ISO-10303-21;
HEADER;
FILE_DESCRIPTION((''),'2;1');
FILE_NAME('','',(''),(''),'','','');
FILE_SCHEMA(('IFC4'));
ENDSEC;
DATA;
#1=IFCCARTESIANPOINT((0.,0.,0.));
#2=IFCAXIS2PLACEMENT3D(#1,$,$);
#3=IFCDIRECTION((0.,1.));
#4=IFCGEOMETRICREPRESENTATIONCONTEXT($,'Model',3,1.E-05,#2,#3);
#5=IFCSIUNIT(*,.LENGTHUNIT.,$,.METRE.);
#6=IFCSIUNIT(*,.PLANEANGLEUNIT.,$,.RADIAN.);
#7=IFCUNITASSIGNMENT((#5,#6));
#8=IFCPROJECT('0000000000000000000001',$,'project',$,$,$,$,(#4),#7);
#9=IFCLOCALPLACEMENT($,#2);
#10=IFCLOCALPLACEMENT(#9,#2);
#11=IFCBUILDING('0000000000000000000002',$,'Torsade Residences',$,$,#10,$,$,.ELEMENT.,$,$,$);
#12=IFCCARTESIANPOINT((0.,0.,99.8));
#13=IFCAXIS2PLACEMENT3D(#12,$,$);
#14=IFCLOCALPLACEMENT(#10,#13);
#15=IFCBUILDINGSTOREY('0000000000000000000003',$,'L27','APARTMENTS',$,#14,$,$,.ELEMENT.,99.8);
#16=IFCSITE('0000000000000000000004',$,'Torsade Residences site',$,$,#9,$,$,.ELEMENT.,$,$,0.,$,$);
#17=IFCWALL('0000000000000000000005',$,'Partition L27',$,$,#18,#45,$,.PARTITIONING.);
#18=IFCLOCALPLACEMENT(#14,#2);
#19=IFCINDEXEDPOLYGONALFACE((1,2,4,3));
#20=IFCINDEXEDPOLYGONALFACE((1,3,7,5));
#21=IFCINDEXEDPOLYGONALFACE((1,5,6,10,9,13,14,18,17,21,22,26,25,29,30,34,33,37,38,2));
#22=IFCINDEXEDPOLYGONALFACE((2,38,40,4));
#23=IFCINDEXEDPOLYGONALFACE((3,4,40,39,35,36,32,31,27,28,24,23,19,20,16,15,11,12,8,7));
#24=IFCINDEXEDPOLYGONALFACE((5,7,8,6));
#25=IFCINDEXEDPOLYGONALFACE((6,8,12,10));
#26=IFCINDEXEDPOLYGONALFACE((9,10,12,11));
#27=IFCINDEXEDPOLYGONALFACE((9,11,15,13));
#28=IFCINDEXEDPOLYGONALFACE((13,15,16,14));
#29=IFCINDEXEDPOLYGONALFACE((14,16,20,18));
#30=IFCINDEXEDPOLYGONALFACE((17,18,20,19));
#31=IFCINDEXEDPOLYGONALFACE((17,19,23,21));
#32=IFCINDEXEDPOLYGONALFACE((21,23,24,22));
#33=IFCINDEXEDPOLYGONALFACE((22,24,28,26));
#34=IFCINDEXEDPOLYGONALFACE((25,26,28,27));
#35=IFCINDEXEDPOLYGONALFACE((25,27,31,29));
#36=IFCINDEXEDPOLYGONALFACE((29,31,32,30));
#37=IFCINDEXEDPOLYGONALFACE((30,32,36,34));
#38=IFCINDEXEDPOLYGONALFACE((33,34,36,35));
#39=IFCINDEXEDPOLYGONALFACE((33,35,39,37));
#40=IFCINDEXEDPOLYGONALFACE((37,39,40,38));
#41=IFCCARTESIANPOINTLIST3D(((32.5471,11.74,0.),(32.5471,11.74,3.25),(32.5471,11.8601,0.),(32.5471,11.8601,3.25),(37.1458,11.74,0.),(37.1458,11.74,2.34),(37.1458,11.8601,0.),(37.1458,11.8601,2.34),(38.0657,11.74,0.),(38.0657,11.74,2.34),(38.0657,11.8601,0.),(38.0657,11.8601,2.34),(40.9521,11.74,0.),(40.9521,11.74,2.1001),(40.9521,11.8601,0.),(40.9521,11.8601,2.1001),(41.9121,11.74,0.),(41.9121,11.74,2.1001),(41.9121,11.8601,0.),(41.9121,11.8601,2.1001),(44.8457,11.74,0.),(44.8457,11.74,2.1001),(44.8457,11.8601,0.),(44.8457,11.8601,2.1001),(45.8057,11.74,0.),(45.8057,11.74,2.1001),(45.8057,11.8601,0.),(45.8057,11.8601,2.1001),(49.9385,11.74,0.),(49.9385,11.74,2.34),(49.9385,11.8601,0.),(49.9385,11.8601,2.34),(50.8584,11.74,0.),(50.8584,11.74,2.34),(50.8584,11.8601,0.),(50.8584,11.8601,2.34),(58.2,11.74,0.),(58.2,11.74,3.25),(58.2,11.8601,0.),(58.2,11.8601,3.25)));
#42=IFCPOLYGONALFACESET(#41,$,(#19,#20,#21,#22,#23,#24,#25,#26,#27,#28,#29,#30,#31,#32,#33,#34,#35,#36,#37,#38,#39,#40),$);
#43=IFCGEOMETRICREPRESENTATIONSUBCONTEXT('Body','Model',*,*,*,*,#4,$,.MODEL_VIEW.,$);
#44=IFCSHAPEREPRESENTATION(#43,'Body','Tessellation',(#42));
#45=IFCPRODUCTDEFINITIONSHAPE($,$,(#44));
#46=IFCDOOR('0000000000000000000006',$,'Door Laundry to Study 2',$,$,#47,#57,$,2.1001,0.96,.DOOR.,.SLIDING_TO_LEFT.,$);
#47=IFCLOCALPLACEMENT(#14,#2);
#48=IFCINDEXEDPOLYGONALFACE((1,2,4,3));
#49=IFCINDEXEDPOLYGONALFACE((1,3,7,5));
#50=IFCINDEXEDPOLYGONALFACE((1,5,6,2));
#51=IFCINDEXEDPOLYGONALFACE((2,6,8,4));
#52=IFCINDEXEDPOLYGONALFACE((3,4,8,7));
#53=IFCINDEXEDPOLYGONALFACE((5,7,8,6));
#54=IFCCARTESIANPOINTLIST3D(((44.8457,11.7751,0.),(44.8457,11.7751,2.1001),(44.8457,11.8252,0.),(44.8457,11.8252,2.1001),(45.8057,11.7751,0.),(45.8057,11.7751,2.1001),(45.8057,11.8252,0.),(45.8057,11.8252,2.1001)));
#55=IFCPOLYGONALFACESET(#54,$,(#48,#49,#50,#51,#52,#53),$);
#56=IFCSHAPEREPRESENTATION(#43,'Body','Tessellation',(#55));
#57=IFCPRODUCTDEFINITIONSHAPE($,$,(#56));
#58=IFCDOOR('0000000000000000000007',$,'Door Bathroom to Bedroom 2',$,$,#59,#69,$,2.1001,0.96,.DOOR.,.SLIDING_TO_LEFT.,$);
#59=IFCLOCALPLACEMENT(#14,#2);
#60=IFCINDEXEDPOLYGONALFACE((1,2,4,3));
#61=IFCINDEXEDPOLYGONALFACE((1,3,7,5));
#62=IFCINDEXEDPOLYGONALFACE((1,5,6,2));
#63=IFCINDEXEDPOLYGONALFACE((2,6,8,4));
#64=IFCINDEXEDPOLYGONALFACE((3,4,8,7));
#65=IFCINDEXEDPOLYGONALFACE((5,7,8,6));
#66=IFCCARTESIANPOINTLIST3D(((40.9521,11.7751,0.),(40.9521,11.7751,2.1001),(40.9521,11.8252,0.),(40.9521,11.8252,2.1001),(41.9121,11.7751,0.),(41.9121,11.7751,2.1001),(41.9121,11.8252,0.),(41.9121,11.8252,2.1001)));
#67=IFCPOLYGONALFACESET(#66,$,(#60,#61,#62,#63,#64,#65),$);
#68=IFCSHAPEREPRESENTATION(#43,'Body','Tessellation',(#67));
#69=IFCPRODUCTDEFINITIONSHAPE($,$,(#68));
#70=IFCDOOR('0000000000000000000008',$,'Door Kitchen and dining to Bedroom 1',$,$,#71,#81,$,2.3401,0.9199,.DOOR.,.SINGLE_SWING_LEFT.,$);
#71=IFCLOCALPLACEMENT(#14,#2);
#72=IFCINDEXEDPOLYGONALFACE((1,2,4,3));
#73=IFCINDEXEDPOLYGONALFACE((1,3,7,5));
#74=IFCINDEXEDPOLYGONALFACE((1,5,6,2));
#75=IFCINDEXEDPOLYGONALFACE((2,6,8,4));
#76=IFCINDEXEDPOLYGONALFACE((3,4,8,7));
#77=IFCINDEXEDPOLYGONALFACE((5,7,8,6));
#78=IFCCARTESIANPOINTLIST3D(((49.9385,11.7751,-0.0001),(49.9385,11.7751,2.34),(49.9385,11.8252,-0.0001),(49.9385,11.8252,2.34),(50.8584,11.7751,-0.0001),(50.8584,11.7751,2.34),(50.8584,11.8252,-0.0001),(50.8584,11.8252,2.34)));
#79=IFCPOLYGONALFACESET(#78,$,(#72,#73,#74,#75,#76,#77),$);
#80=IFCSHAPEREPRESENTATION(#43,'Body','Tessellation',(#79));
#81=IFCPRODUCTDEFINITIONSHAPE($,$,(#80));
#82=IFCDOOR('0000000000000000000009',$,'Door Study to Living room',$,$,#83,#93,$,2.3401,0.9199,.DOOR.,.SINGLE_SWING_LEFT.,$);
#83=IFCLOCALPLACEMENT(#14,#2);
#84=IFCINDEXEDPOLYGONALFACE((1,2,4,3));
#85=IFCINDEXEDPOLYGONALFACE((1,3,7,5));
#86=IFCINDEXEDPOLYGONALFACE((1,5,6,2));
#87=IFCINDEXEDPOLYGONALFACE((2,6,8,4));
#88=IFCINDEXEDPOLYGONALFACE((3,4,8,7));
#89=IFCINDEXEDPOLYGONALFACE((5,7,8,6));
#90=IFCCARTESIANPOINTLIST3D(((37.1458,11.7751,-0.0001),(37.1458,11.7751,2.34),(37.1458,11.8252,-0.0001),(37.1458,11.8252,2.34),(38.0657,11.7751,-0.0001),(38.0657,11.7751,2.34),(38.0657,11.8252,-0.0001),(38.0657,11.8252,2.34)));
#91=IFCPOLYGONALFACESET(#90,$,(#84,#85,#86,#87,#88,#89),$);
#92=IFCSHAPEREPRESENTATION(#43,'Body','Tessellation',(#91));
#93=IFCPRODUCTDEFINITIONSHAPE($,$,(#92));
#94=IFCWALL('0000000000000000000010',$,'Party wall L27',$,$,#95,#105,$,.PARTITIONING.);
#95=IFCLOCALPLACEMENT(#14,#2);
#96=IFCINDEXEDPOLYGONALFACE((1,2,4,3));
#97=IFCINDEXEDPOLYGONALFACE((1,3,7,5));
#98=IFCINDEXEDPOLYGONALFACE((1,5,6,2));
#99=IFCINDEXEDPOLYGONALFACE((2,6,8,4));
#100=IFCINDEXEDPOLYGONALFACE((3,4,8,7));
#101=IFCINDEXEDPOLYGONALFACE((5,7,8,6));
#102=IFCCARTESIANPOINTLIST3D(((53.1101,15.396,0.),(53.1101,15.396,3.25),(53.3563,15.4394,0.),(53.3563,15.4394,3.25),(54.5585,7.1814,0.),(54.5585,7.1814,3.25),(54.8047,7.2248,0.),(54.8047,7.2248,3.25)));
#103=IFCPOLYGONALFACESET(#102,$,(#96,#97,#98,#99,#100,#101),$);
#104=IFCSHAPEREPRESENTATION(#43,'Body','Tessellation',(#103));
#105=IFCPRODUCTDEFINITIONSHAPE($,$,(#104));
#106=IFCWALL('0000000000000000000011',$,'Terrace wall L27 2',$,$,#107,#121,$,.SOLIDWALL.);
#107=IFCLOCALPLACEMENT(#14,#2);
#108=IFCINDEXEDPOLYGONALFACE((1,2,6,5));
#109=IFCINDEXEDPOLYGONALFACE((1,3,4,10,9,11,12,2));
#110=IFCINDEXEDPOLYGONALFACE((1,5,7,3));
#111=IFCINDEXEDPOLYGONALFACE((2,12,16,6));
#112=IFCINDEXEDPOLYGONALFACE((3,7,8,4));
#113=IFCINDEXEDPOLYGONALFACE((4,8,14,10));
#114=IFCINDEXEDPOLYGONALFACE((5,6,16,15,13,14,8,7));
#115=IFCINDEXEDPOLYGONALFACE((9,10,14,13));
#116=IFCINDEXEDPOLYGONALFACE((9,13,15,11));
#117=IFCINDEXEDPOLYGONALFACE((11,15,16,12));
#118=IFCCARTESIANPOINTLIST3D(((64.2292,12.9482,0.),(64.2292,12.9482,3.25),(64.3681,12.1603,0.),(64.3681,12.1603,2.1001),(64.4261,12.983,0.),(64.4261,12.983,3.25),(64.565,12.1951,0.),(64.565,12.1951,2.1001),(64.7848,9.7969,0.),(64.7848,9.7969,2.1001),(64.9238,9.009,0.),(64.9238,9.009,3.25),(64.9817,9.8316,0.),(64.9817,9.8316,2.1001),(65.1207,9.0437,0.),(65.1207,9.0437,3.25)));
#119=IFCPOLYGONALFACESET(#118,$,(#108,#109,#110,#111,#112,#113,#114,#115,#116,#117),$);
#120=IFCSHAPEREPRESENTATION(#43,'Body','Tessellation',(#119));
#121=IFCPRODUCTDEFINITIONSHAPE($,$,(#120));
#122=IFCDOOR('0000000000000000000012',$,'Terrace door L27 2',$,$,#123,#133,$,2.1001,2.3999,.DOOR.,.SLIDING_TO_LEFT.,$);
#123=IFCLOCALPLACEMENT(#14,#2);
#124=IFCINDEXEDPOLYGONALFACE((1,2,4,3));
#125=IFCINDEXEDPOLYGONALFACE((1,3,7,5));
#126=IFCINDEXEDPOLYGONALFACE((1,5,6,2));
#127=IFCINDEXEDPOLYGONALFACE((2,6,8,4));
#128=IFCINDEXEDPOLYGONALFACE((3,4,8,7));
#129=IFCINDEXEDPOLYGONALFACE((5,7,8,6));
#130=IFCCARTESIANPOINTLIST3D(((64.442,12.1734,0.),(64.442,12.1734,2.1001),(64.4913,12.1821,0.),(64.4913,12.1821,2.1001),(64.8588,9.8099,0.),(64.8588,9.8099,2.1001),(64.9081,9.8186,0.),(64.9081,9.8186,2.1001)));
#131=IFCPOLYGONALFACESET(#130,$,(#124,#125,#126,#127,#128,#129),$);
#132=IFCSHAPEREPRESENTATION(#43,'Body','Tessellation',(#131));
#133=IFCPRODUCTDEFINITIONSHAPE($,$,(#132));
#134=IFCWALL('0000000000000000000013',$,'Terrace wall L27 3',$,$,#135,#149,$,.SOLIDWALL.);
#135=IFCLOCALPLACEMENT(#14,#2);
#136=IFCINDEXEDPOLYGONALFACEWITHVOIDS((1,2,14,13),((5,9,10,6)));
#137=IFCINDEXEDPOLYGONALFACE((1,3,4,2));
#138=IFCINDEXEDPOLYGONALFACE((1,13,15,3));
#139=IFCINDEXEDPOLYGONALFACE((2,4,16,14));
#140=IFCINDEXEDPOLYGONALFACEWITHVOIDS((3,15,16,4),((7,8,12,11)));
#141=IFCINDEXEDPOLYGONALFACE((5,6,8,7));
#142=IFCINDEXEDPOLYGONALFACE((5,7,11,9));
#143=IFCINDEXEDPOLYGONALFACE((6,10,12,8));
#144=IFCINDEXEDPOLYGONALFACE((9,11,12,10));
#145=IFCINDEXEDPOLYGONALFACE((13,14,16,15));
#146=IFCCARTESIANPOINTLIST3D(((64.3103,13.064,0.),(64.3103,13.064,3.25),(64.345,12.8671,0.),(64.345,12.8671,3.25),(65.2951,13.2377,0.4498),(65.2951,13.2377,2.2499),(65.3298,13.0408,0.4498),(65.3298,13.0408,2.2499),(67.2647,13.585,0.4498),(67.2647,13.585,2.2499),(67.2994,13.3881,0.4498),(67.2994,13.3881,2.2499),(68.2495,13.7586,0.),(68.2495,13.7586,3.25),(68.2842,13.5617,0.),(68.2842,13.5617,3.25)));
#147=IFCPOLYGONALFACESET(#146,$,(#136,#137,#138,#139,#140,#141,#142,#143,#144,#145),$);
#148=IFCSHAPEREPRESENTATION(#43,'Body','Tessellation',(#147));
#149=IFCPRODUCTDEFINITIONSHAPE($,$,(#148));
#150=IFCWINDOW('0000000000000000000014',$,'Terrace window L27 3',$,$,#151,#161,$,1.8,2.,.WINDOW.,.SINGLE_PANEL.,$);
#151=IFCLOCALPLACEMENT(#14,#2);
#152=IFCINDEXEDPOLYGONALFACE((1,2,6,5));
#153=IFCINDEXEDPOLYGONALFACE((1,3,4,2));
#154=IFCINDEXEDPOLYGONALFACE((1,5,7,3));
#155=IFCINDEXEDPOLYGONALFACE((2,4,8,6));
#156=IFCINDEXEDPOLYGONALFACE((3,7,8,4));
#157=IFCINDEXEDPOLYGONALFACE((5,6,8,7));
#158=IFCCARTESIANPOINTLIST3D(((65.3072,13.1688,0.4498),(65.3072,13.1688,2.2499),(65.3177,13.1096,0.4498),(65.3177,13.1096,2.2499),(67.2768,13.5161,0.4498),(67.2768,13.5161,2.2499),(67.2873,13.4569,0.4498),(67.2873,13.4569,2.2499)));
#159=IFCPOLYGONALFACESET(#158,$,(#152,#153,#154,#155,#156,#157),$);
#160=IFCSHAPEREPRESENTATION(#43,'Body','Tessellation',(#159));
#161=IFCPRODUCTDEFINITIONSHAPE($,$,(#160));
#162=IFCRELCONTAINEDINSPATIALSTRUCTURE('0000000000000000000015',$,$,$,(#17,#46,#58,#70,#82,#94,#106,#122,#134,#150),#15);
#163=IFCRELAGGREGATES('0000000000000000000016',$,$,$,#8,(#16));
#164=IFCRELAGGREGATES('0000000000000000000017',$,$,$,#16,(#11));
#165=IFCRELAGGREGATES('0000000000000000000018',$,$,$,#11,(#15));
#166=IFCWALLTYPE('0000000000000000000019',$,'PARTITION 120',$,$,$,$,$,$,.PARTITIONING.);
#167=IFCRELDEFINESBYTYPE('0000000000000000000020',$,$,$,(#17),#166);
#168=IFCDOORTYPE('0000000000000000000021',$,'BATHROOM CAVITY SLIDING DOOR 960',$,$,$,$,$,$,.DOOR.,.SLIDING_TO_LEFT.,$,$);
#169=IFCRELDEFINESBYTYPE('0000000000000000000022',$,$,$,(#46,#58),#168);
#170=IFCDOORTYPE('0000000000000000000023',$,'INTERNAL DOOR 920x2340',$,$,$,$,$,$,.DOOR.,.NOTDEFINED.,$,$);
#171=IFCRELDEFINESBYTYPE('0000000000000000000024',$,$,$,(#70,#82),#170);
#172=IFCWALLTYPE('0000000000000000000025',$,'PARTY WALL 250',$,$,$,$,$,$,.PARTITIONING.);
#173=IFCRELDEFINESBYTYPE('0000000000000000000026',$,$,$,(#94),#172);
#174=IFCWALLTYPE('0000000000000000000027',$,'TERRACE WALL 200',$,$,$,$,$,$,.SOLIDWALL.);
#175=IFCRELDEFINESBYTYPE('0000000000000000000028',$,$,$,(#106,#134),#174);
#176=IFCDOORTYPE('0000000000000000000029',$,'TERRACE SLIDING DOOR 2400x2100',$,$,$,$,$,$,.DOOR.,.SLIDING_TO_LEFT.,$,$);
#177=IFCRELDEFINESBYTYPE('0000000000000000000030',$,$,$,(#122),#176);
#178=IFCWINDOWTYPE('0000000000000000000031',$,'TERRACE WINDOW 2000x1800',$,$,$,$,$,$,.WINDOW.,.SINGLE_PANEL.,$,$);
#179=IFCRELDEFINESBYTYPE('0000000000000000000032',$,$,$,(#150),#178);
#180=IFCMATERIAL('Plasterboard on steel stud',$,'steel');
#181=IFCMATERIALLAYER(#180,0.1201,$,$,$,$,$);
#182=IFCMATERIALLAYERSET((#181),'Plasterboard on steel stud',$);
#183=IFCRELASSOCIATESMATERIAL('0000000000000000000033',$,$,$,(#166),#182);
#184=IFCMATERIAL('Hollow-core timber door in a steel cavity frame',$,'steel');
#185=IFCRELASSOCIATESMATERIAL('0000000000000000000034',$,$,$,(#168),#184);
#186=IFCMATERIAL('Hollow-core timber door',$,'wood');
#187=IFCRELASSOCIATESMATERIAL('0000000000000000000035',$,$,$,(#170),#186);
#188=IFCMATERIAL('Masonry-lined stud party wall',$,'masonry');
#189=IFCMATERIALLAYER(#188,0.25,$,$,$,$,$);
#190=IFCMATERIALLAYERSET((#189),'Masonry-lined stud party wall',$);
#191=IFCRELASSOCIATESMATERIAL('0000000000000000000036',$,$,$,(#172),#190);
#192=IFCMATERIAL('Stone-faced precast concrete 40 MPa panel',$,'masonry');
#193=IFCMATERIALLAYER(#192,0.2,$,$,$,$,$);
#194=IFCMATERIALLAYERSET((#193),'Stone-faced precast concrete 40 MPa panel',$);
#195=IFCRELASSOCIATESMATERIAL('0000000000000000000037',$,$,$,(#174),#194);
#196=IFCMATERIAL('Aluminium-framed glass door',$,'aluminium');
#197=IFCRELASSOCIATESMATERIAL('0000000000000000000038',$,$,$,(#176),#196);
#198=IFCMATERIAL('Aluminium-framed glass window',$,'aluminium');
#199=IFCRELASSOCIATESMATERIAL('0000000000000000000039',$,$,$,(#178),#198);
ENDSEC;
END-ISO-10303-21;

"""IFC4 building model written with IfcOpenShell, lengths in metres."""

from ifc_helpers import new_model, si_unit, direction, frame, frame_2d, origin, place, context, subcontext, project, spatial, rectangle, extrude, material, layer, layer_set, type_object, element, fill, save


model = new_model("IFC4")

# Units and contexts
model_context = context("Model", 3, precision=1e-05, world=origin(), true_north=direction((0.0, 1.0)))
body_context = subcontext(model_context, "Body", "Model", "MODEL_VIEW")
ifc_project = project(units=[si_unit("LENGTHUNIT", "METRE"), si_unit("PLANEANGLEUNIT", "RADIAN")], contexts=[model_context])

# Site, building, storey
site_placement = place(None, origin())
site = spatial("IfcSite", under=ifc_project, at=site_placement, Name="Torsade Residences site", CompositionType="ELEMENT", RefElevation=0.0)
building_placement = place(site_placement, origin())
building = spatial("IfcBuilding", under=site, at=building_placement, Name="Torsade Residences", CompositionType="ELEMENT")
storey_placement = place(building_placement, frame((0.0, 0.0, 99.8)))
storey = spatial("IfcBuildingStorey", under=building, at=storey_placement, Name="L27", Description="APARTMENTS", CompositionType="ELEMENT", Elevation=99.8)

# Wall, openings, doors
ifc_material_1 = material(Name="Plasterboard on steel stud", Category="steel")
ifc_layer_1 = layer(ifc_material_1, 0.1201)
ifc_layer_set_1 = layer_set([ifc_layer_1], Name="Plasterboard on steel stud")
wall_type_1 = type_object("IfcWallType", Name="PARTITION 120", PredefinedType="PARTITIONING", material=ifc_layer_set_1)
wall_1_placement = place(storey_placement, frame((58.2, 11.8, 0.0), z_axis=(0.0, 0.0, 1.0), x_axis=(-1.0, 0.0, 0.0)))
wall_1 = element("IfcWall", 1, at=wall_1_placement, inside=storey, type_object=wall_type_1, Name="Partition L27", PredefinedType="PARTITIONING", context=body_context, shape_type="SweptSolid", body=[
    extrude(rectangle(XDim=25.6528, YDim=0.1201, at=frame_2d((12.8264, 0.0))), origin(), (0.0, 0.0, 1.0), 3.25),
])
opening_1_placement = place(wall_1_placement, frame((7.3416, 0.0, 0.0)))
opening_1 = element("IfcOpeningElement", 2, at=opening_1_placement, cuts=wall_1, PredefinedType="OPENING", context=body_context, shape_type="SweptSolid", body=[
    extrude(rectangle(XDim=0.9199, YDim=2.3401, at=frame_2d((0.46, 1.1699))), frame((0.0, 0.0701, 0.0), z_axis=(0.0, -1.0, 0.0), x_axis=(1.0, 0.0, 0.0)), (0.0, 0.0, 1.0), 0.1401),
])
opening_2_placement = place(wall_1_placement, frame((12.3943, 0.0, 0.0)))
opening_2 = element("IfcOpeningElement", 3, at=opening_2_placement, cuts=wall_1, PredefinedType="OPENING", context=body_context, shape_type="SweptSolid", body=[
    extrude(rectangle(XDim=0.96, YDim=2.1001, at=frame_2d((0.48, 1.05))), frame((0.0, 0.0701, 0.0), z_axis=(0.0, -1.0, 0.0), x_axis=(1.0, 0.0, 0.0)), (0.0, 0.0, 1.0), 0.1401),
])
opening_3_placement = place(wall_1_placement, frame((16.2878, 0.0, 0.0)))
opening_3 = element("IfcOpeningElement", 4, at=opening_3_placement, cuts=wall_1, PredefinedType="OPENING", context=body_context, shape_type="SweptSolid", body=[
    extrude(rectangle(XDim=0.96, YDim=2.1001, at=frame_2d((0.48, 1.05))), frame((0.0, 0.0701, 0.0), z_axis=(0.0, -1.0, 0.0), x_axis=(1.0, 0.0, 0.0)), (0.0, 0.0, 1.0), 0.1401),
])
opening_4_placement = place(wall_1_placement, frame((20.1343, 0.0, 0.0)))
opening_4 = element("IfcOpeningElement", 5, at=opening_4_placement, cuts=wall_1, PredefinedType="OPENING", context=body_context, shape_type="SweptSolid", body=[
    extrude(rectangle(XDim=0.9199, YDim=2.3401, at=frame_2d((0.46, 1.1699))), frame((0.0, 0.0701, 0.0), z_axis=(0.0, -1.0, 0.0), x_axis=(1.0, 0.0, 0.0)), (0.0, 0.0, 1.0), 0.1401),
])
ifc_material_2 = material(Name="Hollow-core timber door in a steel cavity frame", Category="steel")
door_type_1 = type_object("IfcDoorType", Name="BATHROOM CAVITY SLIDING DOOR 960", OperationType="SLIDING_TO_LEFT", PredefinedType="DOOR", material=ifc_material_2)
door_1_placement = place(opening_2_placement, origin())
door_1 = element("IfcDoor", 6, at=door_1_placement, inside=storey, type_object=door_type_1, Name="Door Laundry to Study 2", OperationType="SLIDING_TO_LEFT", OverallHeight=2.1001, OverallWidth=0.96, PredefinedType="DOOR", context=body_context, shape_type="SweptSolid", body=[
    extrude(rectangle(XDim=0.96, YDim=2.1001, at=frame_2d((0.48, 1.05))), frame((0.0, 0.0249, 0.0), z_axis=(0.0, -1.0, 0.0), x_axis=(1.0, 0.0, 0.0)), (0.0, 0.0, 1.0), 0.05),
])
fill(opening_2, door_1)
door_2_placement = place(opening_3_placement, origin())
door_2 = element("IfcDoor", 7, at=door_2_placement, inside=storey, type_object=door_type_1, Name="Door Bathroom to Bedroom 2", OperationType="SLIDING_TO_LEFT", OverallHeight=2.1001, OverallWidth=0.96, PredefinedType="DOOR", context=body_context, shape_type="SweptSolid", body=[
    extrude(rectangle(XDim=0.96, YDim=2.1001, at=frame_2d((0.48, 1.05))), frame((0.0, 0.0249, 0.0), z_axis=(0.0, -1.0, 0.0), x_axis=(1.0, 0.0, 0.0)), (0.0, 0.0, 1.0), 0.05),
])
fill(opening_3, door_2)
ifc_material_3 = material(Name="Hollow-core timber door", Category="wood")
door_type_2 = type_object("IfcDoorType", Name="INTERNAL DOOR 920x2340", OperationType="NOTDEFINED", PredefinedType="DOOR", material=ifc_material_3)
door_3_placement = place(opening_1_placement, origin())
door_3 = element("IfcDoor", 8, at=door_3_placement, inside=storey, type_object=door_type_2, Name="Door Kitchen and dining to Bedroom 1", OperationType="SINGLE_SWING_LEFT", OverallHeight=2.3401, OverallWidth=0.9199, PredefinedType="DOOR", context=body_context, shape_type="SweptSolid", body=[
    extrude(rectangle(XDim=0.9199, YDim=2.3401, at=frame_2d((0.46, 1.1699))), frame((0.0, 0.0249, 0.0), z_axis=(0.0, -1.0, 0.0), x_axis=(1.0, 0.0, 0.0)), (0.0, 0.0, 1.0), 0.05),
])
fill(opening_1, door_3)
door_4_placement = place(opening_4_placement, origin())
door_4 = element("IfcDoor", 9, at=door_4_placement, inside=storey, type_object=door_type_2, Name="Door Study to Living room", OperationType="SINGLE_SWING_LEFT", OverallHeight=2.3401, OverallWidth=0.9199, PredefinedType="DOOR", context=body_context, shape_type="SweptSolid", body=[
    extrude(rectangle(XDim=0.9199, YDim=2.3401, at=frame_2d((0.46, 1.1699))), frame((0.0, 0.0249, 0.0), z_axis=(0.0, -1.0, 0.0), x_axis=(1.0, 0.0, 0.0)), (0.0, 0.0, 1.0), 0.05),
])
fill(opening_4, door_4)

# Wall
ifc_material_4 = material(Name="Masonry-lined stud party wall", Category="masonry")
ifc_layer_2 = layer(ifc_material_4, 0.25)
ifc_layer_set_2 = layer_set([ifc_layer_2], Name="Masonry-lined stud party wall")
wall_type_2 = type_object("IfcWallType", Name="PARTY WALL 250", PredefinedType="PARTITIONING", material=ifc_layer_set_2)
wall_2_placement = place(storey_placement, frame((54.6816, 7.2031, 0.0), z_axis=(0.0, 0.0, 1.0), x_axis=(-0.173652, 0.984807, 0.0)))
element("IfcWall", 10, at=wall_2_placement, inside=storey, type_object=wall_type_2, Name="Party wall L27", PredefinedType="PARTITIONING", context=body_context, shape_type="SweptSolid", body=[
    extrude(rectangle(XDim=8.3413, YDim=0.25, at=frame_2d((4.1707, 0.0))), origin(), (0.0, 0.0, 1.0), 3.25),
])

# Wall, opening, door
ifc_material_5 = material(Name="Stone-faced precast concrete 40 MPa panel", Category="masonry")
ifc_layer_3 = layer(ifc_material_5, 0.2)
ifc_layer_set_3 = layer_set([ifc_layer_3], Name="Stone-faced precast concrete 40 MPa panel")
wall_type_3 = type_object("IfcWallType", Name="TERRACE WALL 200", PredefinedType="SOLIDWALL", material=ifc_layer_set_3)
wall_3_placement = place(storey_placement, frame((65.0222, 9.0264, 0.0), z_axis=(0.0, 0.0, 1.0), x_axis=(-0.173646, 0.984808, 0.0)))
wall_3 = element("IfcWall", 11, at=wall_3_placement, inside=storey, type_object=wall_type_3, Name="Terrace wall L27 2", PredefinedType="SOLIDWALL", context=body_context, shape_type="SweptSolid", body=[
    extrude(rectangle(XDim=4.0, YDim=0.2, at=frame_2d((2.0, 0.0))), origin(), (0.0, 0.0, 1.0), 3.25),
])
opening_5_placement = place(wall_3_placement, frame((0.8, 0.0, 0.0)))
opening_5 = element("IfcOpeningElement", 12, at=opening_5_placement, cuts=wall_3, PredefinedType="OPENING", context=body_context, shape_type="SweptSolid", body=[
    extrude(rectangle(XDim=2.3999, YDim=2.1001, at=frame_2d((1.2, 1.05))), frame((0.0, 0.1099, 0.0), z_axis=(0.0, -1.0, 0.0), x_axis=(1.0, 0.0, 0.0)), (0.0, 0.0, 1.0), 0.22),
])
ifc_material_6 = material(Name="Aluminium-framed glass door", Category="aluminium")
door_type_3 = type_object("IfcDoorType", Name="TERRACE SLIDING DOOR 2400x2100", OperationType="SLIDING_TO_LEFT", PredefinedType="DOOR", material=ifc_material_6)
door_5_placement = place(opening_5_placement, origin())
door_5 = element("IfcDoor", 13, at=door_5_placement, inside=storey, type_object=door_type_3, Name="Terrace door L27 2", OperationType="SLIDING_TO_LEFT", OverallHeight=2.1001, OverallWidth=2.3999, PredefinedType="DOOR", context=body_context, shape_type="SweptSolid", body=[
    extrude(rectangle(XDim=2.3999, YDim=2.1001, at=frame_2d((1.2, 1.05))), frame((0.0, 0.0249, 0.0), z_axis=(0.0, -1.0, 0.0), x_axis=(1.0, 0.0, 0.0)), (0.0, 0.0, 1.0), 0.05),
])
fill(opening_5, door_5)

# Wall, opening, window
wall_4_placement = place(storey_placement, frame((64.3276, 12.9656, 0.0), z_axis=(0.0, 0.0, 1.0), x_axis=(0.984808, 0.173646, 0.0)))
wall_4 = element("IfcWall", 14, at=wall_4_placement, inside=storey, type_object=wall_type_3, Name="Terrace wall L27 3", PredefinedType="SOLIDWALL", context=body_context, shape_type="SweptSolid", body=[
    extrude(rectangle(XDim=4.0, YDim=0.2, at=frame_2d((2.0, 0.0))), origin(), (0.0, 0.0, 1.0), 3.25),
])
opening_6_placement = place(wall_4_placement, frame((1.0, 0.0, 0.45)))
opening_6 = element("IfcOpeningElement", 15, at=opening_6_placement, cuts=wall_4, PredefinedType="OPENING", context=body_context, shape_type="SweptSolid", body=[
    extrude(rectangle(XDim=2.0, YDim=1.8, at=frame_2d((1.0, 0.8999))), frame((0.0, 0.1099, 0.0), z_axis=(0.0, -1.0, 0.0), x_axis=(1.0, 0.0, 0.0)), (0.0, 0.0, 1.0), 0.22),
])
ifc_material_7 = material(Name="Aluminium-framed glass window", Category="aluminium")
window_type = type_object("IfcWindowType", Name="TERRACE WINDOW 2000x1800", PartitioningType="SINGLE_PANEL", PredefinedType="WINDOW", material=ifc_material_7)
window_placement = place(opening_6_placement, origin())
window = element("IfcWindow", 16, at=window_placement, inside=storey, type_object=window_type, Name="Terrace window L27 3", OverallHeight=1.8, OverallWidth=2.0, PartitioningType="SINGLE_PANEL", PredefinedType="WINDOW", context=body_context, shape_type="SweptSolid", body=[
    extrude(rectangle(XDim=2.0, YDim=1.8, at=frame_2d((1.0, 0.8999))), frame((0.0, 0.03, 0.0), z_axis=(0.0, -1.0, 0.0), x_axis=(1.0, 0.0, 0.0)), (0.0, 0.0, 1.0), 0.0601),
])
fill(opening_6, window)

save(model, "model.ifc")
